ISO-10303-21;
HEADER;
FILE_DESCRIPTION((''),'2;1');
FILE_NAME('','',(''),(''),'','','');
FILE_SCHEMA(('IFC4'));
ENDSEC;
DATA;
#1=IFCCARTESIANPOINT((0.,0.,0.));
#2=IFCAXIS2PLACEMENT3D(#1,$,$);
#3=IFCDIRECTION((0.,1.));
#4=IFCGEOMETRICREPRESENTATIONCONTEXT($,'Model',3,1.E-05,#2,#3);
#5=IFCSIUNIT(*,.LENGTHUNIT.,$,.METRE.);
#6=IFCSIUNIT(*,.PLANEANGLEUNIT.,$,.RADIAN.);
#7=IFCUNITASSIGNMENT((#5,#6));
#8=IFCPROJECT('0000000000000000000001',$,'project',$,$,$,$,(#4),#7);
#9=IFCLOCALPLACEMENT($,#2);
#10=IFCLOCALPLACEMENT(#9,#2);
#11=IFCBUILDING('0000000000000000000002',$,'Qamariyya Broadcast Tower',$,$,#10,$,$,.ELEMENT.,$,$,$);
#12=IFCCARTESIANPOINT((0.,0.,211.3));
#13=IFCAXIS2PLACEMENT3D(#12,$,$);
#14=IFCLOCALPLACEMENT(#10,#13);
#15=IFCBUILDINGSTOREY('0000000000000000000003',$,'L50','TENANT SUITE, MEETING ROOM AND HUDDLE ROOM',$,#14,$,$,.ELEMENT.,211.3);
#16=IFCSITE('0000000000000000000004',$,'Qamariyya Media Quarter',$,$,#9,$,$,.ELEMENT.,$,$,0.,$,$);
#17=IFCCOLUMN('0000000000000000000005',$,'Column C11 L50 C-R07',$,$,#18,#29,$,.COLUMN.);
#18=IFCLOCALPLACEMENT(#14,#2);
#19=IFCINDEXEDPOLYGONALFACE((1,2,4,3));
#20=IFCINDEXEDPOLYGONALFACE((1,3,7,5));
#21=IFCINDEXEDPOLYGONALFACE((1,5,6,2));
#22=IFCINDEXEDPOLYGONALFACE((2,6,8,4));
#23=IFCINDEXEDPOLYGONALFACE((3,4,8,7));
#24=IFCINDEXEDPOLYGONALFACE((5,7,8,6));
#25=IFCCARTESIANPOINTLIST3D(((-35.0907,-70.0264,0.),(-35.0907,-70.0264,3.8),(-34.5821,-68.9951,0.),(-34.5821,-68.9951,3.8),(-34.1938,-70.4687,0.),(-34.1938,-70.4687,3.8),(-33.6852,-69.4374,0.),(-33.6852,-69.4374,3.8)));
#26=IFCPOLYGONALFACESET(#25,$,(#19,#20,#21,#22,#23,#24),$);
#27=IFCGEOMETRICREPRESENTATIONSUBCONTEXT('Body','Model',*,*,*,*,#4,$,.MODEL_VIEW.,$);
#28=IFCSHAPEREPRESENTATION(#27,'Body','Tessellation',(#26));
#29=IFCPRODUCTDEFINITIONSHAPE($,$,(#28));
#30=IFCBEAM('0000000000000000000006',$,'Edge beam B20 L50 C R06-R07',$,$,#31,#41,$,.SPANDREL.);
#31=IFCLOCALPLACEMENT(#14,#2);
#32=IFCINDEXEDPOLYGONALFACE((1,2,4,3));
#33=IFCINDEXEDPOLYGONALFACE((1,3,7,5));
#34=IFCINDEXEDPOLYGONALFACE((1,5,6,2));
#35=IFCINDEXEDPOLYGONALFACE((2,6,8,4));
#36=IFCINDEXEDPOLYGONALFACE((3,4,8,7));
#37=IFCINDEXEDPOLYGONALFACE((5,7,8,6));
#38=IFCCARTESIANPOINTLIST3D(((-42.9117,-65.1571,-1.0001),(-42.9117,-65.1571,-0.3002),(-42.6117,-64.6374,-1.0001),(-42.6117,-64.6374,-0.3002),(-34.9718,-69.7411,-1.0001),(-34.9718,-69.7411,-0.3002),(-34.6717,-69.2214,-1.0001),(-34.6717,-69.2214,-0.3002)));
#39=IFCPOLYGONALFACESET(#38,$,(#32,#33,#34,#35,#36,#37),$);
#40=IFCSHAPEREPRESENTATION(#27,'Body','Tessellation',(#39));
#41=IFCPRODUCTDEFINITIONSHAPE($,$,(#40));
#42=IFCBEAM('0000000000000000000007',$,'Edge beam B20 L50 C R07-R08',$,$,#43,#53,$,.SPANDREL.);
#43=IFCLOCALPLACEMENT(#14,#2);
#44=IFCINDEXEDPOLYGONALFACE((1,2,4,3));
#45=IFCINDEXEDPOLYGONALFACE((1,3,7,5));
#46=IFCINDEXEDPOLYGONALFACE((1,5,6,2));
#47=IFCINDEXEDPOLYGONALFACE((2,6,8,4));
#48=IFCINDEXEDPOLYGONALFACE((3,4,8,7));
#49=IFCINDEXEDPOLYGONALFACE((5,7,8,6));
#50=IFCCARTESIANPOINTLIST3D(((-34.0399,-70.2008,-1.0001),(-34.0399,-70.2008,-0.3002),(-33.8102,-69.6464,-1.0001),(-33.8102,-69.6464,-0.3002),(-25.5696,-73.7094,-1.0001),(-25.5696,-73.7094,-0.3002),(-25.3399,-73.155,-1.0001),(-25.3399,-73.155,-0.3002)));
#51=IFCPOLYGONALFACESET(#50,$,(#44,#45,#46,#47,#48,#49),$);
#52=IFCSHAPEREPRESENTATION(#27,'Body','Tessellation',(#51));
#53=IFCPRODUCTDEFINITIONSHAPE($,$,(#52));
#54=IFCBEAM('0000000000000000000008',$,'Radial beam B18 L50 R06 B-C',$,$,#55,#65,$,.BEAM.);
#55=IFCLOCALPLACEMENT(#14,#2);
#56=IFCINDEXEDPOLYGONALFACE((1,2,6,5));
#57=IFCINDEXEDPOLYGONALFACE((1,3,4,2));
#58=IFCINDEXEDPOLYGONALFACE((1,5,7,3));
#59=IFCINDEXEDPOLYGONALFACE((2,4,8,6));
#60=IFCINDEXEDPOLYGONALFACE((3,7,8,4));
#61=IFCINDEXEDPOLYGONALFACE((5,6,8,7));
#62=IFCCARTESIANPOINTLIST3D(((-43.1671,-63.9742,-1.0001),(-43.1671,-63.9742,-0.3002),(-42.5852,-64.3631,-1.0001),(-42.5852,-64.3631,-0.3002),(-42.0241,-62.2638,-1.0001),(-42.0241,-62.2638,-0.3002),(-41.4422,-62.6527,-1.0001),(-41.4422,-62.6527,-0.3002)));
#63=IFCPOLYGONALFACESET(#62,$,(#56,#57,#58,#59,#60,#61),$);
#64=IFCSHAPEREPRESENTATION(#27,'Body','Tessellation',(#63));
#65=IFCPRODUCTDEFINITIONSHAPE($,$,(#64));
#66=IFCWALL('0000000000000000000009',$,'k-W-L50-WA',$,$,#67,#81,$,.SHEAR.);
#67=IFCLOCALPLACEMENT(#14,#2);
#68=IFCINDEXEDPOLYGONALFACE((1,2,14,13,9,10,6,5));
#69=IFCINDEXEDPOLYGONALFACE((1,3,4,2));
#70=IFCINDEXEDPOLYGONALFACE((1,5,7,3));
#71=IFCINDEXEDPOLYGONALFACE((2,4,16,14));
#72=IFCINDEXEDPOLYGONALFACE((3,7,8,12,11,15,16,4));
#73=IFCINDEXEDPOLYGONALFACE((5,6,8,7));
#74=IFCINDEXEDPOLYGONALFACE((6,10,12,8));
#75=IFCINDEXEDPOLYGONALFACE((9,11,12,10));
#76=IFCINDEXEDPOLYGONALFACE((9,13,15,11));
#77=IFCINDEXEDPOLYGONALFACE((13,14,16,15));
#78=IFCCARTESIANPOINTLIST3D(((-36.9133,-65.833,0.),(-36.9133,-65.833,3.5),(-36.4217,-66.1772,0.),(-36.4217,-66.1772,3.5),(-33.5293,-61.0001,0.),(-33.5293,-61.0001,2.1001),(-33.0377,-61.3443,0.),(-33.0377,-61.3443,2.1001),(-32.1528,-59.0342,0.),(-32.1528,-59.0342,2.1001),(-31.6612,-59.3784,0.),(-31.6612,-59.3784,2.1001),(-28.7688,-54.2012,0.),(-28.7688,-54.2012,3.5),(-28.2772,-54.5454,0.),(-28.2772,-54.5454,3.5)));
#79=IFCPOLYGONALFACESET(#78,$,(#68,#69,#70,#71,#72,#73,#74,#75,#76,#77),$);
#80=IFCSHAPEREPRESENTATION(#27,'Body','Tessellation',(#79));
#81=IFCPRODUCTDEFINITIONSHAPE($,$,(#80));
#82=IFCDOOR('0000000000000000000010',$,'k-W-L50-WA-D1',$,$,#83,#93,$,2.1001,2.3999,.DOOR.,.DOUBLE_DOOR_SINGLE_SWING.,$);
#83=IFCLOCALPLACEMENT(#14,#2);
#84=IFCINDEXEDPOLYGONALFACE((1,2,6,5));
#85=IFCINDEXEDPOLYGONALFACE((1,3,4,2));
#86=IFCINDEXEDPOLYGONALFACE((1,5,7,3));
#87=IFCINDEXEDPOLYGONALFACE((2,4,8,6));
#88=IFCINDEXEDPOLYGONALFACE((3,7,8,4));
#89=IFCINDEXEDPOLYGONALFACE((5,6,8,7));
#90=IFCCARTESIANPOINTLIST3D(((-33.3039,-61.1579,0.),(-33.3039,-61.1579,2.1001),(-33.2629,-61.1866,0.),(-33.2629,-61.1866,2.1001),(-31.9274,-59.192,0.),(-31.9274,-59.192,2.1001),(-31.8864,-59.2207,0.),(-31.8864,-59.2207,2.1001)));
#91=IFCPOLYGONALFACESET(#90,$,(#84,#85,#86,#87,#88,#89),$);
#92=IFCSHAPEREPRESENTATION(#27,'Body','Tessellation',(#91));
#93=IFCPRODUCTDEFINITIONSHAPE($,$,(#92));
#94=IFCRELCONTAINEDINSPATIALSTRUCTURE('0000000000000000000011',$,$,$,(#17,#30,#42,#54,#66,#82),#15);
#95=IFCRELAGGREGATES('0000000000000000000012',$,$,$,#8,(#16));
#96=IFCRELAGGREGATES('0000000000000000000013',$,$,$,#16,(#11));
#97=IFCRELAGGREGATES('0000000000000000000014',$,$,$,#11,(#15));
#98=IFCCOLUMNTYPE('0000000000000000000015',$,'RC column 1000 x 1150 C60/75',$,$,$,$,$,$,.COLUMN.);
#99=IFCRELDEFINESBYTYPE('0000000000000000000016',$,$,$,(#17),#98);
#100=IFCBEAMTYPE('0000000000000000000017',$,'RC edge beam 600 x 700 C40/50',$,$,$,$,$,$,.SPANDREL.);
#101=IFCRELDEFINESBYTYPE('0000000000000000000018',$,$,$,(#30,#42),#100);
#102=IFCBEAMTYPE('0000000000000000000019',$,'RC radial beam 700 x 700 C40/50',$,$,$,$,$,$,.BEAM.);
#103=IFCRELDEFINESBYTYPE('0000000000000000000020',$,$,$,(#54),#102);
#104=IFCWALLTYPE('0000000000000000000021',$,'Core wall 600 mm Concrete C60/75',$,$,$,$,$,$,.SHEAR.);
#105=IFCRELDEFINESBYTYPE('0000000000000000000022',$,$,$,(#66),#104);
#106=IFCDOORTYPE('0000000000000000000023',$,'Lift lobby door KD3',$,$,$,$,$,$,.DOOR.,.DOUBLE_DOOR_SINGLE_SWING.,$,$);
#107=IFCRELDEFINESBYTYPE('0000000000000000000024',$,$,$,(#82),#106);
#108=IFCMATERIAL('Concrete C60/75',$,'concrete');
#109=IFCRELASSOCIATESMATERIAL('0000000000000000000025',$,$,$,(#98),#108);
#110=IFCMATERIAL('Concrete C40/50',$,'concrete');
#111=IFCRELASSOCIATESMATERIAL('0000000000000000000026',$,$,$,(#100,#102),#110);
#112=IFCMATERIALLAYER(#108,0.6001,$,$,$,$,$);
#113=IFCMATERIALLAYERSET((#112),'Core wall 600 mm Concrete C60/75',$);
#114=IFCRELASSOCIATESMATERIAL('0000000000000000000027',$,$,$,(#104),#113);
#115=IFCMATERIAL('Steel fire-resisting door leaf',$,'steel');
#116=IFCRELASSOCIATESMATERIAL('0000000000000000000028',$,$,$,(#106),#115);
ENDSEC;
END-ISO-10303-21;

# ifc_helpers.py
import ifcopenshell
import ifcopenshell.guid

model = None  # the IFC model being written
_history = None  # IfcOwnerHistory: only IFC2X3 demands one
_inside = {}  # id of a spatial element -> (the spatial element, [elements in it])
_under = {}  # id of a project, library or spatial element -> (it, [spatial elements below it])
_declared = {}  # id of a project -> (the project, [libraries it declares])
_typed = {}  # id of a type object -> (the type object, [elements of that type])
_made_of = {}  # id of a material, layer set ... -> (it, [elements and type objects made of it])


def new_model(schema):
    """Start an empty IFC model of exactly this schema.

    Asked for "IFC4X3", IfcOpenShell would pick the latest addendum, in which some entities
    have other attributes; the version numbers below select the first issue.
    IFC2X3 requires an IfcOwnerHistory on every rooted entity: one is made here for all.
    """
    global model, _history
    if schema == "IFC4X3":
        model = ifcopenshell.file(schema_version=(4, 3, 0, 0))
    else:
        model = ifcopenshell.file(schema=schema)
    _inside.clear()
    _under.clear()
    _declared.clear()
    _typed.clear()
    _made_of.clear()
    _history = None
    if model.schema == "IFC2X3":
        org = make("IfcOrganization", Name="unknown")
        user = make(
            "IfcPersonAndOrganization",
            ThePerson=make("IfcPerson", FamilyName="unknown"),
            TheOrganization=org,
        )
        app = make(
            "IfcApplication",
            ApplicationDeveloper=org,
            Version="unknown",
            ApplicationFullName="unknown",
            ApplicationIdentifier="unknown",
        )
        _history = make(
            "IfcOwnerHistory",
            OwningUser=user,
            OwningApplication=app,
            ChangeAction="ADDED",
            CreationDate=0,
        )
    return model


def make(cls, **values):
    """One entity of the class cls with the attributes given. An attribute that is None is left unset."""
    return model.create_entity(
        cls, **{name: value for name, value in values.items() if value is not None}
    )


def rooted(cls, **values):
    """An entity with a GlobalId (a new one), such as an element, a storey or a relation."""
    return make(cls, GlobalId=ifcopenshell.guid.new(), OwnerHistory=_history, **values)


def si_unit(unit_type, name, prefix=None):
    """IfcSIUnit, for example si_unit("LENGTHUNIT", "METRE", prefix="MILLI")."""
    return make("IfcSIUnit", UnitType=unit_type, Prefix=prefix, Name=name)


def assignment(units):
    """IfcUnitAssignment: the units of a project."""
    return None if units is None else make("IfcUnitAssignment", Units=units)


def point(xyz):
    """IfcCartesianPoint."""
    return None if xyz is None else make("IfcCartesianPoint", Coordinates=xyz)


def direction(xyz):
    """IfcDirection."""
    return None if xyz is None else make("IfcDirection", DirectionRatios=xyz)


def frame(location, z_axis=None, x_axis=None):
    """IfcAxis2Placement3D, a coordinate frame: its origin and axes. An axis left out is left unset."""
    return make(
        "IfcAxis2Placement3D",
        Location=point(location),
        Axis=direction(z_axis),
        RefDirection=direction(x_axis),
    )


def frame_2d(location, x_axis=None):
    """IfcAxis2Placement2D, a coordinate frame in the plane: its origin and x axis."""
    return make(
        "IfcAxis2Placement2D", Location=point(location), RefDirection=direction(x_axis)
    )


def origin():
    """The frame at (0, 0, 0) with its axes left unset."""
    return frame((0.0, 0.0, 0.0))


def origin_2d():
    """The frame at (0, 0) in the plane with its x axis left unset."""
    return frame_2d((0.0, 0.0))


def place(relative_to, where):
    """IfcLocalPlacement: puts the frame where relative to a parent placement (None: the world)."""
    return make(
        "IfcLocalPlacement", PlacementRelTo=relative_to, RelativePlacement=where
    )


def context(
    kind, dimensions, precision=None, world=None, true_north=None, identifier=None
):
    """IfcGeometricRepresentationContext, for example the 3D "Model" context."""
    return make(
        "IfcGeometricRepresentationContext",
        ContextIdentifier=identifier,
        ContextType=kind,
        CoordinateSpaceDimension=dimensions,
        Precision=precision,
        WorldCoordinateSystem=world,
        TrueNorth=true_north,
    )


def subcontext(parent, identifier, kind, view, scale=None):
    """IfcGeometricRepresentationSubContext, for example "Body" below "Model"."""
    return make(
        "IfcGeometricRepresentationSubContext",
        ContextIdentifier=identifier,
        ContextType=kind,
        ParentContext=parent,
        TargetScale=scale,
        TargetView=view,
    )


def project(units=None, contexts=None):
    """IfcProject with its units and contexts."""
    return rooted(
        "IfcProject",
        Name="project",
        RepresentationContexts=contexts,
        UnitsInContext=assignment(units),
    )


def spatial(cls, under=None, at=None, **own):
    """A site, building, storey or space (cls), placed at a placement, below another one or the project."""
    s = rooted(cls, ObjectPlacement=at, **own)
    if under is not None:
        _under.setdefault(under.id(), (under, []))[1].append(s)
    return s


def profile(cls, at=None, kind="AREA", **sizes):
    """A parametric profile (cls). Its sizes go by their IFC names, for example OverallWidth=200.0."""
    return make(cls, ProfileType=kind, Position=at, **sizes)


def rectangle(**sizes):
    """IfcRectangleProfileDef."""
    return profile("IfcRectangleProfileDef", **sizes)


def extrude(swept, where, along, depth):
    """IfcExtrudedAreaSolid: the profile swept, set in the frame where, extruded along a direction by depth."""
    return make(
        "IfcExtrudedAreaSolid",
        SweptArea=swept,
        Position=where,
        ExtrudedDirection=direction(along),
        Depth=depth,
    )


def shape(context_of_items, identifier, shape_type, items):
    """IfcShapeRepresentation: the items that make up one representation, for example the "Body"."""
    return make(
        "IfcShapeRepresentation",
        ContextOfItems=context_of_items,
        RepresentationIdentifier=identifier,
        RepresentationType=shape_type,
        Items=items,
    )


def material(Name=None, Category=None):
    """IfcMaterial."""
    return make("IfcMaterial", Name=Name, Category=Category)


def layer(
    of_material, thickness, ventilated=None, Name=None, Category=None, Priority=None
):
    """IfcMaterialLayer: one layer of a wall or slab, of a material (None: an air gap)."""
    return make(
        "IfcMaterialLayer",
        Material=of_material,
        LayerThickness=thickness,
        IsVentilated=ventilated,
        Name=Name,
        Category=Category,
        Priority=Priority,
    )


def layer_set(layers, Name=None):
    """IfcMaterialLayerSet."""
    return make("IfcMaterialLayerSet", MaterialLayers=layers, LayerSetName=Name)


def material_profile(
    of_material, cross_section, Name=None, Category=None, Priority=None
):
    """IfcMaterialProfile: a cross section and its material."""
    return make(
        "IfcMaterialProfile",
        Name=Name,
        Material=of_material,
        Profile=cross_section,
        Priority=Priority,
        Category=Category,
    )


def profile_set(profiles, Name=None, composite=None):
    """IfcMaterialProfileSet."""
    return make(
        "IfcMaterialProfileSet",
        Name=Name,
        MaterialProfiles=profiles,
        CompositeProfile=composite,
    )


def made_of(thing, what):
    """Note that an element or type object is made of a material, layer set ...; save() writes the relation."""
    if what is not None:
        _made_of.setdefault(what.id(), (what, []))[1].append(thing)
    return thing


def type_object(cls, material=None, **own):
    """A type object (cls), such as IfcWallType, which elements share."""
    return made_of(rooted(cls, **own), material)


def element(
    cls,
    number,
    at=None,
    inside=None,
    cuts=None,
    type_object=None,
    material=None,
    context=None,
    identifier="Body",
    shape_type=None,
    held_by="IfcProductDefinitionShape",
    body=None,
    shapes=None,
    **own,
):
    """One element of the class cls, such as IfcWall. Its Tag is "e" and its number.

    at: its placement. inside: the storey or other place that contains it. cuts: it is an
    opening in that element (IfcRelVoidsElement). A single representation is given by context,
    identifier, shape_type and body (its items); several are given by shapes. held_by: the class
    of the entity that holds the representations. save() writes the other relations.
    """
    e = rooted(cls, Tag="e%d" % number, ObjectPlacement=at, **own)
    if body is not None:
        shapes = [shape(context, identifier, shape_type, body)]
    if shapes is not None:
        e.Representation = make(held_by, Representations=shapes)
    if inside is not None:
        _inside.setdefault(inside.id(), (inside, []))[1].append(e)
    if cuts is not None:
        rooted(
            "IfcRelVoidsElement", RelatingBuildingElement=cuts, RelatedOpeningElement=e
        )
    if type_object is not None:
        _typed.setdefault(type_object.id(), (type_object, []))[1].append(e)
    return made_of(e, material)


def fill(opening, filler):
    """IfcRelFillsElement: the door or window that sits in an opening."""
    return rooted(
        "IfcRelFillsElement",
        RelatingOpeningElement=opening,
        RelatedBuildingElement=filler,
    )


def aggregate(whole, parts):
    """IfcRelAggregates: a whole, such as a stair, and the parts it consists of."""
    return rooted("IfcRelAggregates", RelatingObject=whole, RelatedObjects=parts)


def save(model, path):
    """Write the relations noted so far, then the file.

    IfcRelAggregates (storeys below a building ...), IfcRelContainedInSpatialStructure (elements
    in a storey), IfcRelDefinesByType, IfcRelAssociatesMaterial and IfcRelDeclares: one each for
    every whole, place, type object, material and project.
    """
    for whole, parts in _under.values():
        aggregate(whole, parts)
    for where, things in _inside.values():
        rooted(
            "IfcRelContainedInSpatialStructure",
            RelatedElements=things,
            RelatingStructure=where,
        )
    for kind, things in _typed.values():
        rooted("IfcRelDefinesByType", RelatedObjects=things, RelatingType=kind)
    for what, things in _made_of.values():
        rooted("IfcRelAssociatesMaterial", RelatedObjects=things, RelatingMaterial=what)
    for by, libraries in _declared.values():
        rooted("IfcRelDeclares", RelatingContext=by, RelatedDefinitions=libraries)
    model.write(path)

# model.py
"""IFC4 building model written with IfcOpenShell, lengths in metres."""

from ifc_helpers import new_model, si_unit, direction, frame, frame_2d, origin, origin_2d, place, context, subcontext, project, spatial, rectangle, extrude, material, layer, layer_set, material_profile, profile_set, type_object, element, fill, save


model = new_model("IFC4")

# Units and contexts
model_context = context("Model", 3, precision=1e-05, world=origin(), true_north=direction((0.0, 1.0)))
body_context = subcontext(model_context, "Body", "Model", "MODEL_VIEW")
ifc_project = project(units=[si_unit("LENGTHUNIT", "METRE"), si_unit("PLANEANGLEUNIT", "RADIAN")], contexts=[model_context])

# Site, building, storey
site_placement = place(None, origin())
site = spatial("IfcSite", under=ifc_project, at=site_placement, Name="Qamariyya Media Quarter", CompositionType="ELEMENT", RefElevation=0.0)
building_placement = place(site_placement, origin())
building = spatial("IfcBuilding", under=site, at=building_placement, Name="Qamariyya Broadcast Tower", CompositionType="ELEMENT")
storey_placement = place(building_placement, frame((0.0, 0.0, 211.3)))
storey = spatial("IfcBuildingStorey", under=building, at=storey_placement, Name="L50", Description="TENANT SUITE, MEETING ROOM AND HUDDLE ROOM", CompositionType="ELEMENT", Elevation=211.3)

# Column
ifc_material_1 = material(Name="Concrete C60/75", Category="concrete")
ifc_material_profile_1 = material_profile(ifc_material_1, rectangle(XDim=1.0, YDim=1.1499, at=origin_2d()))
ifc_profile_set_1 = profile_set([ifc_material_profile_1], Name="Concrete C60/75")
column_type = type_object("IfcColumnType", Name="RC column 1000 x 1150 C60/75", PredefinedType="COLUMN", material=ifc_profile_set_1)
column_placement = place(storey_placement, frame((-34.3879, -69.7319, 0.0), z_axis=(0.0, 0.0, 1.0), x_axis=(0.896873, -0.442289, 0.0)))
element("IfcColumn", 1, at=column_placement, inside=storey, type_object=column_type, Name="Column C11 L50 C-R07", PredefinedType="COLUMN", context=body_context, shape_type="SweptSolid", body=[
    extrude(rectangle(XDim=1.0, YDim=1.1499, at=origin_2d()), origin(), (0.0, 0.0, 1.0), 3.8),
])

# Beams
ifc_material_2 = material(Name="Concrete C40/50", Category="concrete")
ifc_material_profile_2 = material_profile(ifc_material_2, rectangle(XDim=0.6001, YDim=0.7, at=origin_2d()))
ifc_profile_set_2 = profile_set([ifc_material_profile_2], Name="Concrete C40/50")
beam_type_1 = type_object("IfcBeamType", Name="RC edge beam 600 x 700 C40/50", PredefinedType="SPANDREL", material=ifc_profile_set_2)
for number, where, z_axis, x_axis, name in (
    (2, (-42.7617, -64.8972, -0.6501), (0.866032, -0.499988, 0.0), (0.499988, 0.866032, 0.0), "Edge beam B20 L50 C R06-R07"),
    (3, (-33.925, -69.9236, -0.6501), (0.923877, -0.38269, 0.0), (0.38269, 0.923877, 0.0), "Edge beam B20 L50 C R07-R08"),
):
    element("IfcBeam", number, at=place(storey_placement, frame(where, z_axis=z_axis, x_axis=x_axis)), inside=storey, type_object=beam_type_1, Name=name, PredefinedType="SPANDREL", context=body_context, shape_type="SweptSolid", body=[
        extrude(rectangle(XDim=0.6001, YDim=0.7, at=origin_2d()), origin(), (0.0, 0.0, 1.0), 9.1682),
    ])
ifc_material_profile_3 = material_profile(ifc_material_2, rectangle(XDim=0.7, YDim=0.7, at=origin_2d()))
ifc_profile_set_3 = profile_set([ifc_material_profile_3], Name="Concrete C40/50")
beam_type_2 = type_object("IfcBeamType", Name="RC radial beam 700 x 700 C40/50", PredefinedType="BEAM", material=ifc_profile_set_3)
beam_placement = place(storey_placement, frame((-41.7332, -62.4583, -0.6501), z_axis=(-0.555631, -0.831429, 0.0), x_axis=(0.831429, -0.555631, 0.0)))
element("IfcBeam", 4, at=beam_placement, inside=storey, type_object=beam_type_2, Name="Radial beam B18 L50 R06 B-C", PredefinedType="BEAM", context=body_context, shape_type="SweptSolid", body=[
    extrude(rectangle(XDim=0.7, YDim=0.7, at=origin_2d()), origin(), (0.0, 0.0, 1.0), 2.0571),
])

# Wall, opening, door
ifc_layer_1 = layer(ifc_material_1, 0.6001)
ifc_layer_set_1 = layer_set([ifc_layer_1], Name="Core wall 600 mm Concrete C60/75")
wall_type_1 = type_object("IfcWallType", Name="Core wall 600 mm Concrete C60/75", PredefinedType="SHEAR", material=ifc_layer_set_1)
wall_1_placement = place(storey_placement, frame((-36.6675, -66.0051, 0.0), z_axis=(0.0, 0.0, 1.0), x_axis=(0.573568, 0.819158, 0.0)))
wall_1 = element("IfcWall", 5, at=wall_1_placement, inside=storey, type_object=wall_type_1, Name="k-W-L50-WA", PredefinedType="SHEAR", context=body_context, shape_type="SweptSolid", body=[
    extrude(rectangle(XDim=14.1997, YDim=0.6001, at=frame_2d((7.0999, 0.0))), origin(), (0.0, 0.0, 1.0), 3.5),
])
opening_1_placement = place(wall_1_placement, frame((5.8999, 0.0, 0.0)))
opening_1 = element("IfcOpeningElement", 6, at=opening_1_placement, cuts=wall_1, PredefinedType="OPENING", context=body_context, shape_type="SweptSolid", body=[
    extrude(rectangle(XDim=2.3999, YDim=2.1001, at=frame_2d((1.2, 1.05))), frame((0.0, 0.3101, 0.0), z_axis=(0.0, -1.0, 0.0), x_axis=(1.0, 0.0, 0.0)), (0.0, 0.0, 1.0), 0.6201),
])
ifc_material_3 = material(Name="Steel fire-resisting door leaf", Category="steel")
door_type_1 = type_object("IfcDoorType", Name="Lift lobby door KD3", OperationType="DOUBLE_DOOR_SINGLE_SWING", PredefinedType="DOOR", material=ifc_material_3)
door_1_placement = place(opening_1_placement, origin())
door_1 = element("IfcDoor", 7, at=door_1_placement, inside=storey, type_object=door_type_1, Name="k-W-L50-WA-D1", OperationType="DOUBLE_DOOR_SINGLE_SWING", OverallHeight=2.1001, OverallWidth=2.3999, PredefinedType="DOOR", context=body_context, shape_type="SweptSolid", body=[
    extrude(rectangle(XDim=2.3999, YDim=2.1001, at=frame_2d((1.2, 1.05))), frame((0.0, 0.0249, 0.0), z_axis=(0.0, -1.0, 0.0), x_axis=(1.0, 0.0, 0.0)), (0.0, 0.0, 1.0), 0.05),
])
fill(opening_1, door_1)

save(model, "model.ifc")
